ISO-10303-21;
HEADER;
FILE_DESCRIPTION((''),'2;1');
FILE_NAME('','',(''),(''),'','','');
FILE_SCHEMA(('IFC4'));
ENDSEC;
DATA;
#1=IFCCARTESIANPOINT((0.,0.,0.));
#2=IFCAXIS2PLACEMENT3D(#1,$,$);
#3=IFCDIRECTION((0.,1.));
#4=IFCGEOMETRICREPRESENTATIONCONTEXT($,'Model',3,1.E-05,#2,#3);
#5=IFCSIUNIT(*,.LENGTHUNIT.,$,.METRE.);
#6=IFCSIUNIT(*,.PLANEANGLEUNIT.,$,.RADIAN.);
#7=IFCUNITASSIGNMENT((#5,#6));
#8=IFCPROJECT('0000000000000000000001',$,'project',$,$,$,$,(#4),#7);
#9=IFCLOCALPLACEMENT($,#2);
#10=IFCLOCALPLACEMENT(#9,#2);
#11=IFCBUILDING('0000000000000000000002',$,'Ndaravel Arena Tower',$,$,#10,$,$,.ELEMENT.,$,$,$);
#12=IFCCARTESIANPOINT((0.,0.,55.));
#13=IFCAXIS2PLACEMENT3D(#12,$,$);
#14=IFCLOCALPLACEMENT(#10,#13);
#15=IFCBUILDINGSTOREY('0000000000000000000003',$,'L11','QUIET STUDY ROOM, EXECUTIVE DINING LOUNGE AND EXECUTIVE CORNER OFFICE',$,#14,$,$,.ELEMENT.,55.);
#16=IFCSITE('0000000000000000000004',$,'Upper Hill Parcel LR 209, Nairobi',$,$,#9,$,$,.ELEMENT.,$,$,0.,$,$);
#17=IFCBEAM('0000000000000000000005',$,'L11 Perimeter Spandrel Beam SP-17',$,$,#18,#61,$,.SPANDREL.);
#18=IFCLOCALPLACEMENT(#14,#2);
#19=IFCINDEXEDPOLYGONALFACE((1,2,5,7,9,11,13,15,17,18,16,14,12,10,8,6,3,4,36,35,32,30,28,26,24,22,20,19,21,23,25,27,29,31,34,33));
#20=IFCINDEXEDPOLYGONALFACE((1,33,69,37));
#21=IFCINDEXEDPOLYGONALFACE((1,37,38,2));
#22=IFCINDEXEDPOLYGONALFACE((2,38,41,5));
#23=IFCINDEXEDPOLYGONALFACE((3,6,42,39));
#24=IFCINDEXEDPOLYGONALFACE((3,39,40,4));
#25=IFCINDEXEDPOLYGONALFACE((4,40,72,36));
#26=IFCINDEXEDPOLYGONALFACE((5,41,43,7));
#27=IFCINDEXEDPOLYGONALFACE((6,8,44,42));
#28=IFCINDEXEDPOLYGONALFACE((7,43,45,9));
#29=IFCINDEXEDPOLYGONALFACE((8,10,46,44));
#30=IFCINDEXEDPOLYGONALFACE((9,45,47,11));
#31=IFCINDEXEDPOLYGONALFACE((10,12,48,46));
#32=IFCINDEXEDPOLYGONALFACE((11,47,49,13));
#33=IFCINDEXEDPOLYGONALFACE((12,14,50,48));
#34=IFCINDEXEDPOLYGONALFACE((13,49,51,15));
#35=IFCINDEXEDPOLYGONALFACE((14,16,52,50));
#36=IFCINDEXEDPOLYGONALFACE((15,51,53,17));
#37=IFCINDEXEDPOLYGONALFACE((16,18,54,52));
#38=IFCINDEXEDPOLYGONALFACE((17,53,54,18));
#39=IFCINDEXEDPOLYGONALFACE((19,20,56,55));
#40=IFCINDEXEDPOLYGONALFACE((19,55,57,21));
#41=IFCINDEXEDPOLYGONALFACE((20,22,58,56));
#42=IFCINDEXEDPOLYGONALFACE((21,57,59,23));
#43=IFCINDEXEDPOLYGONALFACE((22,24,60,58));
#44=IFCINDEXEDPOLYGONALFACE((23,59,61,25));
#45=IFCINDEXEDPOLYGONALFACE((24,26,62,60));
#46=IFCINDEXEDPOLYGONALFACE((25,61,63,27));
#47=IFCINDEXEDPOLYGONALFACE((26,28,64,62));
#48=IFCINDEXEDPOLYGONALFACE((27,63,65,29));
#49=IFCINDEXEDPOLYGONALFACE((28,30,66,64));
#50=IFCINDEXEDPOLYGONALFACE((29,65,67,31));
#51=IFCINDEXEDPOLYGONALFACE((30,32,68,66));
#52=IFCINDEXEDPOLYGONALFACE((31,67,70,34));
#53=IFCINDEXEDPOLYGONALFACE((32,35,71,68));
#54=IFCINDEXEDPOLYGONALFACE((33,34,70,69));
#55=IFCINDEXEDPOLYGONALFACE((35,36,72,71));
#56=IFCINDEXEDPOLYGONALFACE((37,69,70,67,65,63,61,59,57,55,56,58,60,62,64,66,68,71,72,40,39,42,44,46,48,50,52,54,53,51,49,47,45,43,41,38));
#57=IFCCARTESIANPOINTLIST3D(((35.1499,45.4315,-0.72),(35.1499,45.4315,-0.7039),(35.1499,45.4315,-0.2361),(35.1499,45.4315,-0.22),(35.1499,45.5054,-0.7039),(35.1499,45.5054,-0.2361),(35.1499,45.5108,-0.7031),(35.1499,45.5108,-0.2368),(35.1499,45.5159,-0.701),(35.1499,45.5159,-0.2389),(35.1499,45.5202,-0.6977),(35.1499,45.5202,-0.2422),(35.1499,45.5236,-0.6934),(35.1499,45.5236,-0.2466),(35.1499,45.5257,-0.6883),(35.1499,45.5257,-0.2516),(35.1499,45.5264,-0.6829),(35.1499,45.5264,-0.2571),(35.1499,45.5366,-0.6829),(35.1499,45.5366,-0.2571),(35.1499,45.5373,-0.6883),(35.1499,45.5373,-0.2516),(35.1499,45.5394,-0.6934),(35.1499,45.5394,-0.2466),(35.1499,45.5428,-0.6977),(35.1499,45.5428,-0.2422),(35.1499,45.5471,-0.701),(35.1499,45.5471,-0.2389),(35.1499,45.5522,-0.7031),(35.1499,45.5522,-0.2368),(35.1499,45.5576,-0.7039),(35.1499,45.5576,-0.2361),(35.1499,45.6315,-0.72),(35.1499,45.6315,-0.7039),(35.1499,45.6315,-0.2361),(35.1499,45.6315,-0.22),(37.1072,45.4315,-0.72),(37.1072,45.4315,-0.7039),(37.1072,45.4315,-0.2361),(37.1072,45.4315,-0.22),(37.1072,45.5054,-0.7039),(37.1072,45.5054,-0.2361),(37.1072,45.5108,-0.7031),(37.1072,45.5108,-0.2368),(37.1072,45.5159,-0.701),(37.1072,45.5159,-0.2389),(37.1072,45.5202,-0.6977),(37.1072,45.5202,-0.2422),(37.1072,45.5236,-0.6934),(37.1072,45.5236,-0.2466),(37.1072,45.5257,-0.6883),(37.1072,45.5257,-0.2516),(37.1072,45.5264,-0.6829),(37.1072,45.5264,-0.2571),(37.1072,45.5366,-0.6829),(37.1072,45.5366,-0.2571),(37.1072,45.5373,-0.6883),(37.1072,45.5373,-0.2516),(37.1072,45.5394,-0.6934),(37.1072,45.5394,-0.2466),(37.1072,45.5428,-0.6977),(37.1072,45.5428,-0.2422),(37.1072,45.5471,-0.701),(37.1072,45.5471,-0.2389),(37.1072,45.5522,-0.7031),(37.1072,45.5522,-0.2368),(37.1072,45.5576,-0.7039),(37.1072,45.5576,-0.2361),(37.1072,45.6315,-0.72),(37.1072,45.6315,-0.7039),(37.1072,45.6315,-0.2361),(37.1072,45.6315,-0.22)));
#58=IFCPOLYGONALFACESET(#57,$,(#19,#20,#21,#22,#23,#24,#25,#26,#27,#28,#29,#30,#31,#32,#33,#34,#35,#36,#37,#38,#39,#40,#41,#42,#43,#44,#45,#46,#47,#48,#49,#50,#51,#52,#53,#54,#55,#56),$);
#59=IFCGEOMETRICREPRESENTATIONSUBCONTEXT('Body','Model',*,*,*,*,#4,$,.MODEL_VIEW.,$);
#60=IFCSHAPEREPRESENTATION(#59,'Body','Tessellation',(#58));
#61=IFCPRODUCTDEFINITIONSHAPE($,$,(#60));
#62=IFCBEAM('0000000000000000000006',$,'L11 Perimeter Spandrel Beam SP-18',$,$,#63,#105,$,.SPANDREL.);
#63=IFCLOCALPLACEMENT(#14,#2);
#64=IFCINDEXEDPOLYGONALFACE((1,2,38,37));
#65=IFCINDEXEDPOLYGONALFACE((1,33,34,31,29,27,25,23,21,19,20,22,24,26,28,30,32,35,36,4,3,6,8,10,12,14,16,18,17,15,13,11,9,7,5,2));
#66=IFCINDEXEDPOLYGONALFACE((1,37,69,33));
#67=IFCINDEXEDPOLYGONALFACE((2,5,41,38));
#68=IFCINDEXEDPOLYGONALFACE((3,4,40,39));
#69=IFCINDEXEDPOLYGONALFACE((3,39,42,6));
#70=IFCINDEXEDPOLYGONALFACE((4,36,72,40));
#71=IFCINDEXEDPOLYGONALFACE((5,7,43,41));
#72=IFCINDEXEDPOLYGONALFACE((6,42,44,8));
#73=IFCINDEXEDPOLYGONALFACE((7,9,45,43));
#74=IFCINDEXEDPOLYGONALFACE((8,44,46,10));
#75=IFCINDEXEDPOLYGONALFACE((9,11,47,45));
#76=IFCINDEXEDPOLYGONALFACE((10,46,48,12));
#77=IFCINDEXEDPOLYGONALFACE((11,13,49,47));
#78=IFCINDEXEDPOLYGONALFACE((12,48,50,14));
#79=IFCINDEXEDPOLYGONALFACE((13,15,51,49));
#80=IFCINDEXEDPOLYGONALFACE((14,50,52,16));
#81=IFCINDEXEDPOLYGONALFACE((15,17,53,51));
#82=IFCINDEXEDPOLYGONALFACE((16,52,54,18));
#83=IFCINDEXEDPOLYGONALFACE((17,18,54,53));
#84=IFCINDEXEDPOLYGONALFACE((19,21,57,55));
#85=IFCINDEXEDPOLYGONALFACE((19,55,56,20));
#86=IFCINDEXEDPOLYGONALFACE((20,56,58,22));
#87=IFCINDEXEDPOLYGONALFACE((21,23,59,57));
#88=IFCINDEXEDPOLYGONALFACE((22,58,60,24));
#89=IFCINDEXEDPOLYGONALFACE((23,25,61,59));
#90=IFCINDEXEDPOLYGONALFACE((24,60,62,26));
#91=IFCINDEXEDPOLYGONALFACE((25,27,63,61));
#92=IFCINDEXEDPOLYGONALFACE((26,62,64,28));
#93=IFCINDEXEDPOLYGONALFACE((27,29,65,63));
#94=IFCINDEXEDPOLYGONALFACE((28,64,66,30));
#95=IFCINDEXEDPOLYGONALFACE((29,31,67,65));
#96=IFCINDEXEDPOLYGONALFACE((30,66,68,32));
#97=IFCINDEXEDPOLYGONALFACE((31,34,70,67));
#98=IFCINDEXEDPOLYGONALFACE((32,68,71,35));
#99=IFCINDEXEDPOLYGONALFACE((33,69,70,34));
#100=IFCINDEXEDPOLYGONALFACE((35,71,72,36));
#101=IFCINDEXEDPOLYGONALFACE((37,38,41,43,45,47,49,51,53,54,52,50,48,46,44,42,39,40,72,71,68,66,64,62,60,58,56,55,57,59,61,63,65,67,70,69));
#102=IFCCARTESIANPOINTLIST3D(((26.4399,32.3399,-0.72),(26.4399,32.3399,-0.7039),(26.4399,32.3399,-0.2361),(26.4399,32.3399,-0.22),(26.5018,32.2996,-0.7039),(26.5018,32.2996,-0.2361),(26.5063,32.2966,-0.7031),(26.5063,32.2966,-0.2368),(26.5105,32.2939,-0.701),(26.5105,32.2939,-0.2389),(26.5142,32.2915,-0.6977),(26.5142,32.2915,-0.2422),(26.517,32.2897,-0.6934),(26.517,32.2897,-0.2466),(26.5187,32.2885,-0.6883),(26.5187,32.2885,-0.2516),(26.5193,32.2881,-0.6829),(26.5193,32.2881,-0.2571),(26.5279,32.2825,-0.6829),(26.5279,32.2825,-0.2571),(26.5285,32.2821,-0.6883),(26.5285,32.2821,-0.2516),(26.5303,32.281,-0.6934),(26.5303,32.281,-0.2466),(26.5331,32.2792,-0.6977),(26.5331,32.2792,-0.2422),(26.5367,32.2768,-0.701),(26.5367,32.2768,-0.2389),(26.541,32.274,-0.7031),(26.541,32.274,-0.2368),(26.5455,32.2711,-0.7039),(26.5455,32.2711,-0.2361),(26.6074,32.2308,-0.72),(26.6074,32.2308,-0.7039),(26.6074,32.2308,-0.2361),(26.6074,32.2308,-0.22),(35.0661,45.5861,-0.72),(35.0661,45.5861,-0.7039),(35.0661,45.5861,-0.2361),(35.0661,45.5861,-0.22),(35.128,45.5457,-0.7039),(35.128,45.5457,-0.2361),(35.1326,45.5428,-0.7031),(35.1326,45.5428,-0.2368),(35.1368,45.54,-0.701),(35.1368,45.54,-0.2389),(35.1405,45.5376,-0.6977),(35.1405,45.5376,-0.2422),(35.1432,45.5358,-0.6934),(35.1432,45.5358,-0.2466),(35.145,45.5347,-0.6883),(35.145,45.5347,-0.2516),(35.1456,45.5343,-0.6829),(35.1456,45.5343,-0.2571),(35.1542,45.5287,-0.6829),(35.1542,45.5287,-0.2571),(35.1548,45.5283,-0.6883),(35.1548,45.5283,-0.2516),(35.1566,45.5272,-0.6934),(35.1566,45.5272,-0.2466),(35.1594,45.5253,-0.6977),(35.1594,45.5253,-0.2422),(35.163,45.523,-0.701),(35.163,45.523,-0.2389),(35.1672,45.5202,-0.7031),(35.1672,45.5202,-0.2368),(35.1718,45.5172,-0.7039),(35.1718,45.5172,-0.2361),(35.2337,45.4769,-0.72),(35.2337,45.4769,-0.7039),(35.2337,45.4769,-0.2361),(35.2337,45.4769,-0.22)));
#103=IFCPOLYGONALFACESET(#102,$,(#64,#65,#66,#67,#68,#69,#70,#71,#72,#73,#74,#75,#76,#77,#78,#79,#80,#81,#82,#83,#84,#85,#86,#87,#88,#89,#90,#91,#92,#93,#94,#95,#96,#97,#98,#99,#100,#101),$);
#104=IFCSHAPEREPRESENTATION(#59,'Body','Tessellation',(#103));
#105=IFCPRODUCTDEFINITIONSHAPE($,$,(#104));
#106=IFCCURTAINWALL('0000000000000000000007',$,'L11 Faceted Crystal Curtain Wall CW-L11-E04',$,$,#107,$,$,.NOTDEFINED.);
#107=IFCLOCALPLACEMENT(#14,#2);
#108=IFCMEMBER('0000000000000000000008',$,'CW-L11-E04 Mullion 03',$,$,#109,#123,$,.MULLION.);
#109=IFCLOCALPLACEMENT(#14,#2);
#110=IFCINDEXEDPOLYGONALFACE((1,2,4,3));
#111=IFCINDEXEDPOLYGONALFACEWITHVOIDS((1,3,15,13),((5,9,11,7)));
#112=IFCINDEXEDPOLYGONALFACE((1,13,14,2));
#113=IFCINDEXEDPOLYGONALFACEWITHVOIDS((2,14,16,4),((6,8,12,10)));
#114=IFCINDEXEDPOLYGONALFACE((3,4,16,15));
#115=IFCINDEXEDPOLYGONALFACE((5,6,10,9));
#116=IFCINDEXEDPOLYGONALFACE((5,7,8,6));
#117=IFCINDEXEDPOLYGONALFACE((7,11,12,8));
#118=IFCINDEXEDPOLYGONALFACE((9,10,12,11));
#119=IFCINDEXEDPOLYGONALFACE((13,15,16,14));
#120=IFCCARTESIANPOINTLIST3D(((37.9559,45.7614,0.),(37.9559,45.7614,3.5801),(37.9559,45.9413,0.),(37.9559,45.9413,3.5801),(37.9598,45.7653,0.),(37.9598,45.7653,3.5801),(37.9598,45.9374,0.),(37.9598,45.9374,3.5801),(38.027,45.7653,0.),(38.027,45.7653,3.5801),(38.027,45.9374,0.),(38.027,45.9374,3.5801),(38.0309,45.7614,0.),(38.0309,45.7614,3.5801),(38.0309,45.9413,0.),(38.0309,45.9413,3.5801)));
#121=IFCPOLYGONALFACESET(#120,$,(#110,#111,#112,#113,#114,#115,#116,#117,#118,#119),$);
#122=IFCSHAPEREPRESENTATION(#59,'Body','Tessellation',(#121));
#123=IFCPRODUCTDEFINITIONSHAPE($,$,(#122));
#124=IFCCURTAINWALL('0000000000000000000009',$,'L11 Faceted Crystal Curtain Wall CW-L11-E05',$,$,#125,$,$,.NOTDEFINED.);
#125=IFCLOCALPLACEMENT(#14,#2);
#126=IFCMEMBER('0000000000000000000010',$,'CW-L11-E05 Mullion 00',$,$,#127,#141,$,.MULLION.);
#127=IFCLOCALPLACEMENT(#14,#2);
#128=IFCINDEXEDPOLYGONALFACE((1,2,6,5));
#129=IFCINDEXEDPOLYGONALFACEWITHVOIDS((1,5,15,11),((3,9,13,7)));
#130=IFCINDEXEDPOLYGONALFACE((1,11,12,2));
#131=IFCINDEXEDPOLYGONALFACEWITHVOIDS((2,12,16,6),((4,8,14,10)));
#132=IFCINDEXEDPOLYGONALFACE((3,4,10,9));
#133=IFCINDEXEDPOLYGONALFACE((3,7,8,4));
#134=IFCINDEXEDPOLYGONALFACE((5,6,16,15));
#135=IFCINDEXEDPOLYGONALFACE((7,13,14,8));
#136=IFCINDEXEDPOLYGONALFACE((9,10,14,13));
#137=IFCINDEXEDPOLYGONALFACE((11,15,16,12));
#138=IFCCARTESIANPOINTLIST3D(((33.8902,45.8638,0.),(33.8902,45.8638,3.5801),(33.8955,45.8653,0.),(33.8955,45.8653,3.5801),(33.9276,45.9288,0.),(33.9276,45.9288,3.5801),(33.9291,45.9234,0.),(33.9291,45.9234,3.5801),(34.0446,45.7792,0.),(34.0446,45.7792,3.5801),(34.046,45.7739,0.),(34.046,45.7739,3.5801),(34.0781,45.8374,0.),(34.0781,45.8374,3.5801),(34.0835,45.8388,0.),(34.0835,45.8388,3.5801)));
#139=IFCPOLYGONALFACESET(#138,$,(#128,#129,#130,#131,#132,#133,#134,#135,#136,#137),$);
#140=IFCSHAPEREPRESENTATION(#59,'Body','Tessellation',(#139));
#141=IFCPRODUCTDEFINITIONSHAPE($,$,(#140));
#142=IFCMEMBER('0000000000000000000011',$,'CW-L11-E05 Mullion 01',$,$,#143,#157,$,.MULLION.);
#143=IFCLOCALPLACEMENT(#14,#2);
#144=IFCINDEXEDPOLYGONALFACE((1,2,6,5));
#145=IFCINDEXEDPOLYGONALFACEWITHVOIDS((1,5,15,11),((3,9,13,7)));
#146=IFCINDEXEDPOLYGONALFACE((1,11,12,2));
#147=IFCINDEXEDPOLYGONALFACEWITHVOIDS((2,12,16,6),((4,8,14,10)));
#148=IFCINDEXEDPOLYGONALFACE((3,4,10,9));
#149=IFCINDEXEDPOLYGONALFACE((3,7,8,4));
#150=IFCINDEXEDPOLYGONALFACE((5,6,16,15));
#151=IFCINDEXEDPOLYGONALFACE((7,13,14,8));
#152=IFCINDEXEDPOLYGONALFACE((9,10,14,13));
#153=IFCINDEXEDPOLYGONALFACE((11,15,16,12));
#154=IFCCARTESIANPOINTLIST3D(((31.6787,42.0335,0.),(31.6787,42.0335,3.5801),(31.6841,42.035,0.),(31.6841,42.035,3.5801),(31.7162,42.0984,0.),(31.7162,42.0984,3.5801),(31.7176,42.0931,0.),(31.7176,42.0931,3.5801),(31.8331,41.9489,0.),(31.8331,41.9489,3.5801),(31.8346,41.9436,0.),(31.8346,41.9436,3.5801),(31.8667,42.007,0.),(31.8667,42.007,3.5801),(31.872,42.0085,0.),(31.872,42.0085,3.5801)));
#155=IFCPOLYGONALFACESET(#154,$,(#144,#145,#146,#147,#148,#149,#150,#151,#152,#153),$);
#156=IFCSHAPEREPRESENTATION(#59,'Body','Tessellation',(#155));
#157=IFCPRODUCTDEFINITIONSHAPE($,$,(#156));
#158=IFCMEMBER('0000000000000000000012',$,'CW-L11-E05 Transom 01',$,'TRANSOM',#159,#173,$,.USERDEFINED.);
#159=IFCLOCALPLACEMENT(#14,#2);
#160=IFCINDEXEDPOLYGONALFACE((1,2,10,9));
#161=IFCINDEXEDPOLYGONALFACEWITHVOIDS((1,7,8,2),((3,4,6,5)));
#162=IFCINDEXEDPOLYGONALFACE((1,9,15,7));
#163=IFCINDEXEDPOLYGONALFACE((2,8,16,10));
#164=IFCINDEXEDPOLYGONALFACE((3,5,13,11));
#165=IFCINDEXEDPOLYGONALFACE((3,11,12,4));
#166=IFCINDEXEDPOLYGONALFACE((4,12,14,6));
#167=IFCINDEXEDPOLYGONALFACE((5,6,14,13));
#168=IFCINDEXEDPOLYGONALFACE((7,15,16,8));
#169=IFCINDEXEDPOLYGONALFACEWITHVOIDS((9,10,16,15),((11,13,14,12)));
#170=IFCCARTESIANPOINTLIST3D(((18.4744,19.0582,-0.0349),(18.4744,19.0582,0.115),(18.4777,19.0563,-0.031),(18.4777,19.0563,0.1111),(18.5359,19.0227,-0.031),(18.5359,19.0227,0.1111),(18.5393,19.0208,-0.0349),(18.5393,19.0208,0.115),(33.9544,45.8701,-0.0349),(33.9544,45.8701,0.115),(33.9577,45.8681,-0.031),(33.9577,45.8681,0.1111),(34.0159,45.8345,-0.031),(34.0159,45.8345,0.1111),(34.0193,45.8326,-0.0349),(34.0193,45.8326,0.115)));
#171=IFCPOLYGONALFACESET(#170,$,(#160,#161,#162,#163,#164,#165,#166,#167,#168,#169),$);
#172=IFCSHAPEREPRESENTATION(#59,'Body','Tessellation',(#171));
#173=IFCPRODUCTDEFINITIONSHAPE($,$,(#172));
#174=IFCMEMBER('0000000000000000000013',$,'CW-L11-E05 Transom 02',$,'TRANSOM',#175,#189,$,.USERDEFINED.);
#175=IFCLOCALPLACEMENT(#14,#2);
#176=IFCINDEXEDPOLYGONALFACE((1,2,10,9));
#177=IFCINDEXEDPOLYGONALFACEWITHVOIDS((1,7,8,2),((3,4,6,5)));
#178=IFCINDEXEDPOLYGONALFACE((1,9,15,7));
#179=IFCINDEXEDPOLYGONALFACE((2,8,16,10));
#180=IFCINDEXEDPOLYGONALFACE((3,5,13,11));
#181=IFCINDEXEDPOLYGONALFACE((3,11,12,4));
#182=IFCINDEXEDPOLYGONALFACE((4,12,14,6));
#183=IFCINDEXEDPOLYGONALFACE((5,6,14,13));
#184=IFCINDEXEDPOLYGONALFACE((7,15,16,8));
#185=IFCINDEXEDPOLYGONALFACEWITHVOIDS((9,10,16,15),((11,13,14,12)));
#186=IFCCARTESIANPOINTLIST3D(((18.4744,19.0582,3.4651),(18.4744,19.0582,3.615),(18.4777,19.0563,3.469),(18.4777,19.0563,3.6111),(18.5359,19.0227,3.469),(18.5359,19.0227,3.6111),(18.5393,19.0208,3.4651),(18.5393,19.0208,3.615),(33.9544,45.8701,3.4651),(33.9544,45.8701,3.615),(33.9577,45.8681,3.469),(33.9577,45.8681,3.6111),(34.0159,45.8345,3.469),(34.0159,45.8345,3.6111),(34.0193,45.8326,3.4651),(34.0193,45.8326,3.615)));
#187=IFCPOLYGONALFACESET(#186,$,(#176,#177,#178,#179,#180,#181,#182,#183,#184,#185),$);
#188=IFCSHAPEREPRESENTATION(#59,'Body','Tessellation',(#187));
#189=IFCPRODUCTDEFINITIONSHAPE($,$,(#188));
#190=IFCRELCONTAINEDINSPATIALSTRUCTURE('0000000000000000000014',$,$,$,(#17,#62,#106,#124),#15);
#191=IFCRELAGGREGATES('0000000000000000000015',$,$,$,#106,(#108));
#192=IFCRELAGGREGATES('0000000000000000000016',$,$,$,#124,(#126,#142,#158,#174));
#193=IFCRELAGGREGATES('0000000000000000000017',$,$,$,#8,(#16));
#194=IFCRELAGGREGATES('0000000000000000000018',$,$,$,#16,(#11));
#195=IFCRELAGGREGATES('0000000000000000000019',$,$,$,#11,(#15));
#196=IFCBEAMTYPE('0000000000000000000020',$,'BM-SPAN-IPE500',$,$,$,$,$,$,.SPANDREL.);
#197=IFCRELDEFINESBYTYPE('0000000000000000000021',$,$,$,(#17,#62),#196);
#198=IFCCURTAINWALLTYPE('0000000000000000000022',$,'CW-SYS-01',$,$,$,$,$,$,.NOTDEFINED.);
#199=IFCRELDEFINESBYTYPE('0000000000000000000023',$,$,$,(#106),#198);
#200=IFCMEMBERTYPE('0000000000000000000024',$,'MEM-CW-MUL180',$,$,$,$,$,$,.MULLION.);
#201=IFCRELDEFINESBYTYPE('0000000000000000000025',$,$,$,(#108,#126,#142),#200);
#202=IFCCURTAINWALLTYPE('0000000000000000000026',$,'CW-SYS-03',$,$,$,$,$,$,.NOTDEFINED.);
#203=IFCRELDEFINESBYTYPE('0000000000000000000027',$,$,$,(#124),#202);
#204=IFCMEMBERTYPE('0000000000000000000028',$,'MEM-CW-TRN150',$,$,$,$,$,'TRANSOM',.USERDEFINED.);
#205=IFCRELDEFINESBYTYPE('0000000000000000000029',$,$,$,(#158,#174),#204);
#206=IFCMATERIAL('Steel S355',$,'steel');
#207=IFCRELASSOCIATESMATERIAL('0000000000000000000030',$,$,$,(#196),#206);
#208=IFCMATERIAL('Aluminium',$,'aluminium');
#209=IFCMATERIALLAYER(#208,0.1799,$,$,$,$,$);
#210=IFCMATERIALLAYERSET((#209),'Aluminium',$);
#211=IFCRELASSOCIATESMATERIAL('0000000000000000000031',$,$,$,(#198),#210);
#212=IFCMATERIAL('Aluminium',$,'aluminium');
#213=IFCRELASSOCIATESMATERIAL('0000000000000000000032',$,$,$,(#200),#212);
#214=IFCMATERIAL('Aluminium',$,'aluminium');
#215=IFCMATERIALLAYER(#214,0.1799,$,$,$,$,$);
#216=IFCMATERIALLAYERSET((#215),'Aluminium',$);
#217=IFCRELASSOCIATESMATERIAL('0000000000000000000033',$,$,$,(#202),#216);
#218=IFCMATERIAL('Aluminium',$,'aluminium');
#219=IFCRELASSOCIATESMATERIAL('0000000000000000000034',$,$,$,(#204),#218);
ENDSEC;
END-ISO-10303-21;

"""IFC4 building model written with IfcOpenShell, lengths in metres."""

from ifc_helpers import new_model, si_unit, direction, frame, origin, origin_2d, place, context, subcontext, project, spatial, hollow_rectangle, i_section, extrude, material, layer, layer_set, material_profile, profile_set, type_object, element, aggregate, save


model = new_model("IFC4")

# Units and contexts
model_context = context("Model", 3, precision=1e-05, world=origin(), true_north=direction((0.0, 1.0)))
body_context = subcontext(model_context, "Body", "Model", "MODEL_VIEW")
ifc_project = project(units=[si_unit("LENGTHUNIT", "METRE"), si_unit("PLANEANGLEUNIT", "RADIAN")], contexts=[model_context])

# Site, building, storey
site_placement = place(None, origin())
site = spatial("IfcSite", under=ifc_project, at=site_placement, Name="Upper Hill Parcel LR 209, Nairobi", CompositionType="ELEMENT", RefElevation=0.0)
building_placement = place(site_placement, origin())
building = spatial("IfcBuilding", under=site, at=building_placement, Name="Ndaravel Arena Tower", CompositionType="ELEMENT")
storey_placement = place(building_placement, frame((0.0, 0.0, 55.0)))
storey = spatial("IfcBuildingStorey", under=building, at=storey_placement, Name="L11", Description="QUIET STUDY ROOM, EXECUTIVE DINING LOUNGE AND EXECUTIVE CORNER OFFICE", CompositionType="ELEMENT", Elevation=55.0)

# Beams
ifc_material_1 = material(Name="Steel S355", Category="steel")
ifc_material_profile_1 = material_profile(ifc_material_1, i_section(OverallWidth=0.2, OverallDepth=0.5, WebThickness=0.0103, FlangeThickness=0.0161, FilletRadius=0.021, at=origin_2d()), Name="IPE 500")
ifc_profile_set_1 = profile_set([ifc_material_profile_1], Name="Steel S355")
beam_type_1 = type_object("IfcBeamType", Name="BM-SPAN-IPE500", PredefinedType="SPANDREL", material=ifc_profile_set_1)
beam_1_placement = place(storey_placement, frame((37.1072, 45.5315, -0.47), z_axis=(-1.0, 0.0, 0.0), x_axis=(0.0, -1.0, 0.0)))
element("IfcBeam", 1, at=beam_1_placement, inside=storey, type_object=beam_type_1, Name="L11 Perimeter Spandrel Beam SP-17", PredefinedType="SPANDREL", context=body_context, shape_type="SweptSolid", body=[
    extrude(i_section(OverallWidth=0.2, OverallDepth=0.5, WebThickness=0.0103, FlangeThickness=0.0161, FilletRadius=0.021, at=origin_2d()), origin(), (0.0, 0.0, 1.0), 1.9573),
])
beam_2_placement = place(storey_placement, frame((35.1499, 45.5315, -0.47), z_axis=(-0.545711, -0.837973, 0.0), x_axis=(0.837973, -0.545711, 0.0)))
element("IfcBeam", 2, at=beam_2_placement, inside=storey, type_object=beam_type_1, Name="L11 Perimeter Spandrel Beam SP-18", PredefinedType="SPANDREL", context=body_context, shape_type="SweptSolid", body=[
    extrude(i_section(OverallWidth=0.2, OverallDepth=0.5, WebThickness=0.0103, FlangeThickness=0.0161, FilletRadius=0.021, at=origin_2d()), origin(), (0.0, 0.0, 1.0), 15.8074),
])

# Curtain wall, member
ifc_material_2 = material(Name="Aluminium", Category="aluminium")
ifc_layer_1 = layer(ifc_material_2, 0.1799)
ifc_layer_set_1 = layer_set([ifc_layer_1], Name="Aluminium")
curtain_wall_type_1 = type_object("IfcCurtainWallType", Name="CW-SYS-01", PredefinedType="NOTDEFINED", material=ifc_layer_set_1)
curtain_wall_1_placement = place(storey_placement, origin())
curtain_wall_1 = element("IfcCurtainWall", 3, at=curtain_wall_1_placement, inside=storey, type_object=curtain_wall_type_1, Name="L11 Faceted Crystal Curtain Wall CW-L11-E04", PredefinedType="NOTDEFINED")
ifc_material_3 = material(Name="Aluminium", Category="aluminium")
ifc_material_profile_2 = material_profile(ifc_material_3, hollow_rectangle(XDim=0.075, YDim=0.1799, WallThickness=0.0039, at=origin_2d()), Name="CW MULLION 75x180x4")
ifc_profile_set_2 = profile_set([ifc_material_profile_2], Name="Aluminium")
member_type_1 = type_object("IfcMemberType", Name="MEM-CW-MUL180", PredefinedType="MULLION", material=ifc_profile_set_2)
member_1_placement = place(storey_placement, frame((37.9934, 45.8513, 0.0), z_axis=(0.0, 0.0, 1.0), x_axis=(-1.0, 0.0, 0.0)))
member_1 = element("IfcMember", 4, at=member_1_placement, type_object=member_type_1, Name="CW-L11-E04 Mullion 03", PredefinedType="MULLION", context=body_context, shape_type="SweptSolid", body=[
    extrude(hollow_rectangle(XDim=0.075, YDim=0.1799, WallThickness=0.0039, at=origin_2d()), origin(), (0.0, 0.0, 1.0), 3.5801),
])

# Curtain wall, members
ifc_material_4 = material(Name="Aluminium", Category="aluminium")
ifc_layer_2 = layer(ifc_material_4, 0.1799)
ifc_layer_set_2 = layer_set([ifc_layer_2], Name="Aluminium")
curtain_wall_type_2 = type_object("IfcCurtainWallType", Name="CW-SYS-03", PredefinedType="NOTDEFINED", material=ifc_layer_set_2)
curtain_wall_2_placement = place(storey_placement, origin())
curtain_wall_2 = element("IfcCurtainWall", 5, at=curtain_wall_2_placement, inside=storey, type_object=curtain_wall_type_2, Name="L11 Faceted Crystal Curtain Wall CW-L11-E05", PredefinedType="NOTDEFINED")
member_2_placement = place(storey_placement, frame((33.9868, 45.8513, 0.0), z_axis=(0.0, 0.0, 1.0), x_axis=(-0.5, -0.866025, 0.0)))
member_2 = element("IfcMember", 6, at=member_2_placement, type_object=member_type_1, Name="CW-L11-E05 Mullion 00", PredefinedType="MULLION", context=body_context, shape_type="SweptSolid", body=[
    extrude(hollow_rectangle(XDim=0.075, YDim=0.1799, WallThickness=0.0039, at=origin_2d()), origin(), (0.0, 0.0, 1.0), 3.5801),
])
member_3_placement = place(storey_placement, frame((31.7754, 42.021, 0.0), z_axis=(0.0, 0.0, 1.0), x_axis=(-0.5, -0.866025, 0.0)))
member_3 = element("IfcMember", 7, at=member_3_placement, type_object=member_type_1, Name="CW-L11-E05 Mullion 01", PredefinedType="MULLION", context=body_context, shape_type="SweptSolid", body=[
    extrude(hollow_rectangle(XDim=0.075, YDim=0.1799, WallThickness=0.0039, at=origin_2d()), origin(), (0.0, 0.0, 1.0), 3.5801),
])
ifc_material_5 = material(Name="Aluminium", Category="aluminium")
ifc_material_profile_3 = material_profile(ifc_material_5, hollow_rectangle(XDim=0.075, YDim=0.1499, WallThickness=0.0039, at=origin_2d()), Name="CW TRANSOM 75x150x4")
ifc_profile_set_3 = profile_set([ifc_material_profile_3], Name="Aluminium")
member_type_2 = type_object("IfcMemberType", Name="MEM-CW-TRN150", ElementType="TRANSOM", PredefinedType="USERDEFINED", material=ifc_profile_set_3)
member_4_placement = place(storey_placement, frame((33.9868, 45.8513, 0.04), z_axis=(-0.500005, -0.866023, 0.0), x_axis=(0.866023, -0.500005, 0.0)))
member_4 = element("IfcMember", 8, at=member_4_placement, type_object=member_type_2, Name="CW-L11-E05 Transom 01", ObjectType="TRANSOM", PredefinedType="USERDEFINED", context=body_context, shape_type="SweptSolid", body=[
    extrude(hollow_rectangle(XDim=0.075, YDim=0.1499, WallThickness=0.0039, at=origin_2d()), origin(), (0.0, 0.0, 1.0), 30.9597),
])
member_5_placement = place(storey_placement, frame((33.9868, 45.8513, 3.54), z_axis=(-0.500005, -0.866023, 0.0), x_axis=(0.866023, -0.500005, 0.0)))
member_5 = element("IfcMember", 9, at=member_5_placement, type_object=member_type_2, Name="CW-L11-E05 Transom 02", ObjectType="TRANSOM", PredefinedType="USERDEFINED", context=body_context, shape_type="SweptSolid", body=[
    extrude(hollow_rectangle(XDim=0.075, YDim=0.1499, WallThickness=0.0039, at=origin_2d()), origin(), (0.0, 0.0, 1.0), 30.9597),
])

aggregate(curtain_wall_1, [member_1])
aggregate(curtain_wall_2, [member_2, member_3, member_4, member_5])

save(model, "model.ifc")
